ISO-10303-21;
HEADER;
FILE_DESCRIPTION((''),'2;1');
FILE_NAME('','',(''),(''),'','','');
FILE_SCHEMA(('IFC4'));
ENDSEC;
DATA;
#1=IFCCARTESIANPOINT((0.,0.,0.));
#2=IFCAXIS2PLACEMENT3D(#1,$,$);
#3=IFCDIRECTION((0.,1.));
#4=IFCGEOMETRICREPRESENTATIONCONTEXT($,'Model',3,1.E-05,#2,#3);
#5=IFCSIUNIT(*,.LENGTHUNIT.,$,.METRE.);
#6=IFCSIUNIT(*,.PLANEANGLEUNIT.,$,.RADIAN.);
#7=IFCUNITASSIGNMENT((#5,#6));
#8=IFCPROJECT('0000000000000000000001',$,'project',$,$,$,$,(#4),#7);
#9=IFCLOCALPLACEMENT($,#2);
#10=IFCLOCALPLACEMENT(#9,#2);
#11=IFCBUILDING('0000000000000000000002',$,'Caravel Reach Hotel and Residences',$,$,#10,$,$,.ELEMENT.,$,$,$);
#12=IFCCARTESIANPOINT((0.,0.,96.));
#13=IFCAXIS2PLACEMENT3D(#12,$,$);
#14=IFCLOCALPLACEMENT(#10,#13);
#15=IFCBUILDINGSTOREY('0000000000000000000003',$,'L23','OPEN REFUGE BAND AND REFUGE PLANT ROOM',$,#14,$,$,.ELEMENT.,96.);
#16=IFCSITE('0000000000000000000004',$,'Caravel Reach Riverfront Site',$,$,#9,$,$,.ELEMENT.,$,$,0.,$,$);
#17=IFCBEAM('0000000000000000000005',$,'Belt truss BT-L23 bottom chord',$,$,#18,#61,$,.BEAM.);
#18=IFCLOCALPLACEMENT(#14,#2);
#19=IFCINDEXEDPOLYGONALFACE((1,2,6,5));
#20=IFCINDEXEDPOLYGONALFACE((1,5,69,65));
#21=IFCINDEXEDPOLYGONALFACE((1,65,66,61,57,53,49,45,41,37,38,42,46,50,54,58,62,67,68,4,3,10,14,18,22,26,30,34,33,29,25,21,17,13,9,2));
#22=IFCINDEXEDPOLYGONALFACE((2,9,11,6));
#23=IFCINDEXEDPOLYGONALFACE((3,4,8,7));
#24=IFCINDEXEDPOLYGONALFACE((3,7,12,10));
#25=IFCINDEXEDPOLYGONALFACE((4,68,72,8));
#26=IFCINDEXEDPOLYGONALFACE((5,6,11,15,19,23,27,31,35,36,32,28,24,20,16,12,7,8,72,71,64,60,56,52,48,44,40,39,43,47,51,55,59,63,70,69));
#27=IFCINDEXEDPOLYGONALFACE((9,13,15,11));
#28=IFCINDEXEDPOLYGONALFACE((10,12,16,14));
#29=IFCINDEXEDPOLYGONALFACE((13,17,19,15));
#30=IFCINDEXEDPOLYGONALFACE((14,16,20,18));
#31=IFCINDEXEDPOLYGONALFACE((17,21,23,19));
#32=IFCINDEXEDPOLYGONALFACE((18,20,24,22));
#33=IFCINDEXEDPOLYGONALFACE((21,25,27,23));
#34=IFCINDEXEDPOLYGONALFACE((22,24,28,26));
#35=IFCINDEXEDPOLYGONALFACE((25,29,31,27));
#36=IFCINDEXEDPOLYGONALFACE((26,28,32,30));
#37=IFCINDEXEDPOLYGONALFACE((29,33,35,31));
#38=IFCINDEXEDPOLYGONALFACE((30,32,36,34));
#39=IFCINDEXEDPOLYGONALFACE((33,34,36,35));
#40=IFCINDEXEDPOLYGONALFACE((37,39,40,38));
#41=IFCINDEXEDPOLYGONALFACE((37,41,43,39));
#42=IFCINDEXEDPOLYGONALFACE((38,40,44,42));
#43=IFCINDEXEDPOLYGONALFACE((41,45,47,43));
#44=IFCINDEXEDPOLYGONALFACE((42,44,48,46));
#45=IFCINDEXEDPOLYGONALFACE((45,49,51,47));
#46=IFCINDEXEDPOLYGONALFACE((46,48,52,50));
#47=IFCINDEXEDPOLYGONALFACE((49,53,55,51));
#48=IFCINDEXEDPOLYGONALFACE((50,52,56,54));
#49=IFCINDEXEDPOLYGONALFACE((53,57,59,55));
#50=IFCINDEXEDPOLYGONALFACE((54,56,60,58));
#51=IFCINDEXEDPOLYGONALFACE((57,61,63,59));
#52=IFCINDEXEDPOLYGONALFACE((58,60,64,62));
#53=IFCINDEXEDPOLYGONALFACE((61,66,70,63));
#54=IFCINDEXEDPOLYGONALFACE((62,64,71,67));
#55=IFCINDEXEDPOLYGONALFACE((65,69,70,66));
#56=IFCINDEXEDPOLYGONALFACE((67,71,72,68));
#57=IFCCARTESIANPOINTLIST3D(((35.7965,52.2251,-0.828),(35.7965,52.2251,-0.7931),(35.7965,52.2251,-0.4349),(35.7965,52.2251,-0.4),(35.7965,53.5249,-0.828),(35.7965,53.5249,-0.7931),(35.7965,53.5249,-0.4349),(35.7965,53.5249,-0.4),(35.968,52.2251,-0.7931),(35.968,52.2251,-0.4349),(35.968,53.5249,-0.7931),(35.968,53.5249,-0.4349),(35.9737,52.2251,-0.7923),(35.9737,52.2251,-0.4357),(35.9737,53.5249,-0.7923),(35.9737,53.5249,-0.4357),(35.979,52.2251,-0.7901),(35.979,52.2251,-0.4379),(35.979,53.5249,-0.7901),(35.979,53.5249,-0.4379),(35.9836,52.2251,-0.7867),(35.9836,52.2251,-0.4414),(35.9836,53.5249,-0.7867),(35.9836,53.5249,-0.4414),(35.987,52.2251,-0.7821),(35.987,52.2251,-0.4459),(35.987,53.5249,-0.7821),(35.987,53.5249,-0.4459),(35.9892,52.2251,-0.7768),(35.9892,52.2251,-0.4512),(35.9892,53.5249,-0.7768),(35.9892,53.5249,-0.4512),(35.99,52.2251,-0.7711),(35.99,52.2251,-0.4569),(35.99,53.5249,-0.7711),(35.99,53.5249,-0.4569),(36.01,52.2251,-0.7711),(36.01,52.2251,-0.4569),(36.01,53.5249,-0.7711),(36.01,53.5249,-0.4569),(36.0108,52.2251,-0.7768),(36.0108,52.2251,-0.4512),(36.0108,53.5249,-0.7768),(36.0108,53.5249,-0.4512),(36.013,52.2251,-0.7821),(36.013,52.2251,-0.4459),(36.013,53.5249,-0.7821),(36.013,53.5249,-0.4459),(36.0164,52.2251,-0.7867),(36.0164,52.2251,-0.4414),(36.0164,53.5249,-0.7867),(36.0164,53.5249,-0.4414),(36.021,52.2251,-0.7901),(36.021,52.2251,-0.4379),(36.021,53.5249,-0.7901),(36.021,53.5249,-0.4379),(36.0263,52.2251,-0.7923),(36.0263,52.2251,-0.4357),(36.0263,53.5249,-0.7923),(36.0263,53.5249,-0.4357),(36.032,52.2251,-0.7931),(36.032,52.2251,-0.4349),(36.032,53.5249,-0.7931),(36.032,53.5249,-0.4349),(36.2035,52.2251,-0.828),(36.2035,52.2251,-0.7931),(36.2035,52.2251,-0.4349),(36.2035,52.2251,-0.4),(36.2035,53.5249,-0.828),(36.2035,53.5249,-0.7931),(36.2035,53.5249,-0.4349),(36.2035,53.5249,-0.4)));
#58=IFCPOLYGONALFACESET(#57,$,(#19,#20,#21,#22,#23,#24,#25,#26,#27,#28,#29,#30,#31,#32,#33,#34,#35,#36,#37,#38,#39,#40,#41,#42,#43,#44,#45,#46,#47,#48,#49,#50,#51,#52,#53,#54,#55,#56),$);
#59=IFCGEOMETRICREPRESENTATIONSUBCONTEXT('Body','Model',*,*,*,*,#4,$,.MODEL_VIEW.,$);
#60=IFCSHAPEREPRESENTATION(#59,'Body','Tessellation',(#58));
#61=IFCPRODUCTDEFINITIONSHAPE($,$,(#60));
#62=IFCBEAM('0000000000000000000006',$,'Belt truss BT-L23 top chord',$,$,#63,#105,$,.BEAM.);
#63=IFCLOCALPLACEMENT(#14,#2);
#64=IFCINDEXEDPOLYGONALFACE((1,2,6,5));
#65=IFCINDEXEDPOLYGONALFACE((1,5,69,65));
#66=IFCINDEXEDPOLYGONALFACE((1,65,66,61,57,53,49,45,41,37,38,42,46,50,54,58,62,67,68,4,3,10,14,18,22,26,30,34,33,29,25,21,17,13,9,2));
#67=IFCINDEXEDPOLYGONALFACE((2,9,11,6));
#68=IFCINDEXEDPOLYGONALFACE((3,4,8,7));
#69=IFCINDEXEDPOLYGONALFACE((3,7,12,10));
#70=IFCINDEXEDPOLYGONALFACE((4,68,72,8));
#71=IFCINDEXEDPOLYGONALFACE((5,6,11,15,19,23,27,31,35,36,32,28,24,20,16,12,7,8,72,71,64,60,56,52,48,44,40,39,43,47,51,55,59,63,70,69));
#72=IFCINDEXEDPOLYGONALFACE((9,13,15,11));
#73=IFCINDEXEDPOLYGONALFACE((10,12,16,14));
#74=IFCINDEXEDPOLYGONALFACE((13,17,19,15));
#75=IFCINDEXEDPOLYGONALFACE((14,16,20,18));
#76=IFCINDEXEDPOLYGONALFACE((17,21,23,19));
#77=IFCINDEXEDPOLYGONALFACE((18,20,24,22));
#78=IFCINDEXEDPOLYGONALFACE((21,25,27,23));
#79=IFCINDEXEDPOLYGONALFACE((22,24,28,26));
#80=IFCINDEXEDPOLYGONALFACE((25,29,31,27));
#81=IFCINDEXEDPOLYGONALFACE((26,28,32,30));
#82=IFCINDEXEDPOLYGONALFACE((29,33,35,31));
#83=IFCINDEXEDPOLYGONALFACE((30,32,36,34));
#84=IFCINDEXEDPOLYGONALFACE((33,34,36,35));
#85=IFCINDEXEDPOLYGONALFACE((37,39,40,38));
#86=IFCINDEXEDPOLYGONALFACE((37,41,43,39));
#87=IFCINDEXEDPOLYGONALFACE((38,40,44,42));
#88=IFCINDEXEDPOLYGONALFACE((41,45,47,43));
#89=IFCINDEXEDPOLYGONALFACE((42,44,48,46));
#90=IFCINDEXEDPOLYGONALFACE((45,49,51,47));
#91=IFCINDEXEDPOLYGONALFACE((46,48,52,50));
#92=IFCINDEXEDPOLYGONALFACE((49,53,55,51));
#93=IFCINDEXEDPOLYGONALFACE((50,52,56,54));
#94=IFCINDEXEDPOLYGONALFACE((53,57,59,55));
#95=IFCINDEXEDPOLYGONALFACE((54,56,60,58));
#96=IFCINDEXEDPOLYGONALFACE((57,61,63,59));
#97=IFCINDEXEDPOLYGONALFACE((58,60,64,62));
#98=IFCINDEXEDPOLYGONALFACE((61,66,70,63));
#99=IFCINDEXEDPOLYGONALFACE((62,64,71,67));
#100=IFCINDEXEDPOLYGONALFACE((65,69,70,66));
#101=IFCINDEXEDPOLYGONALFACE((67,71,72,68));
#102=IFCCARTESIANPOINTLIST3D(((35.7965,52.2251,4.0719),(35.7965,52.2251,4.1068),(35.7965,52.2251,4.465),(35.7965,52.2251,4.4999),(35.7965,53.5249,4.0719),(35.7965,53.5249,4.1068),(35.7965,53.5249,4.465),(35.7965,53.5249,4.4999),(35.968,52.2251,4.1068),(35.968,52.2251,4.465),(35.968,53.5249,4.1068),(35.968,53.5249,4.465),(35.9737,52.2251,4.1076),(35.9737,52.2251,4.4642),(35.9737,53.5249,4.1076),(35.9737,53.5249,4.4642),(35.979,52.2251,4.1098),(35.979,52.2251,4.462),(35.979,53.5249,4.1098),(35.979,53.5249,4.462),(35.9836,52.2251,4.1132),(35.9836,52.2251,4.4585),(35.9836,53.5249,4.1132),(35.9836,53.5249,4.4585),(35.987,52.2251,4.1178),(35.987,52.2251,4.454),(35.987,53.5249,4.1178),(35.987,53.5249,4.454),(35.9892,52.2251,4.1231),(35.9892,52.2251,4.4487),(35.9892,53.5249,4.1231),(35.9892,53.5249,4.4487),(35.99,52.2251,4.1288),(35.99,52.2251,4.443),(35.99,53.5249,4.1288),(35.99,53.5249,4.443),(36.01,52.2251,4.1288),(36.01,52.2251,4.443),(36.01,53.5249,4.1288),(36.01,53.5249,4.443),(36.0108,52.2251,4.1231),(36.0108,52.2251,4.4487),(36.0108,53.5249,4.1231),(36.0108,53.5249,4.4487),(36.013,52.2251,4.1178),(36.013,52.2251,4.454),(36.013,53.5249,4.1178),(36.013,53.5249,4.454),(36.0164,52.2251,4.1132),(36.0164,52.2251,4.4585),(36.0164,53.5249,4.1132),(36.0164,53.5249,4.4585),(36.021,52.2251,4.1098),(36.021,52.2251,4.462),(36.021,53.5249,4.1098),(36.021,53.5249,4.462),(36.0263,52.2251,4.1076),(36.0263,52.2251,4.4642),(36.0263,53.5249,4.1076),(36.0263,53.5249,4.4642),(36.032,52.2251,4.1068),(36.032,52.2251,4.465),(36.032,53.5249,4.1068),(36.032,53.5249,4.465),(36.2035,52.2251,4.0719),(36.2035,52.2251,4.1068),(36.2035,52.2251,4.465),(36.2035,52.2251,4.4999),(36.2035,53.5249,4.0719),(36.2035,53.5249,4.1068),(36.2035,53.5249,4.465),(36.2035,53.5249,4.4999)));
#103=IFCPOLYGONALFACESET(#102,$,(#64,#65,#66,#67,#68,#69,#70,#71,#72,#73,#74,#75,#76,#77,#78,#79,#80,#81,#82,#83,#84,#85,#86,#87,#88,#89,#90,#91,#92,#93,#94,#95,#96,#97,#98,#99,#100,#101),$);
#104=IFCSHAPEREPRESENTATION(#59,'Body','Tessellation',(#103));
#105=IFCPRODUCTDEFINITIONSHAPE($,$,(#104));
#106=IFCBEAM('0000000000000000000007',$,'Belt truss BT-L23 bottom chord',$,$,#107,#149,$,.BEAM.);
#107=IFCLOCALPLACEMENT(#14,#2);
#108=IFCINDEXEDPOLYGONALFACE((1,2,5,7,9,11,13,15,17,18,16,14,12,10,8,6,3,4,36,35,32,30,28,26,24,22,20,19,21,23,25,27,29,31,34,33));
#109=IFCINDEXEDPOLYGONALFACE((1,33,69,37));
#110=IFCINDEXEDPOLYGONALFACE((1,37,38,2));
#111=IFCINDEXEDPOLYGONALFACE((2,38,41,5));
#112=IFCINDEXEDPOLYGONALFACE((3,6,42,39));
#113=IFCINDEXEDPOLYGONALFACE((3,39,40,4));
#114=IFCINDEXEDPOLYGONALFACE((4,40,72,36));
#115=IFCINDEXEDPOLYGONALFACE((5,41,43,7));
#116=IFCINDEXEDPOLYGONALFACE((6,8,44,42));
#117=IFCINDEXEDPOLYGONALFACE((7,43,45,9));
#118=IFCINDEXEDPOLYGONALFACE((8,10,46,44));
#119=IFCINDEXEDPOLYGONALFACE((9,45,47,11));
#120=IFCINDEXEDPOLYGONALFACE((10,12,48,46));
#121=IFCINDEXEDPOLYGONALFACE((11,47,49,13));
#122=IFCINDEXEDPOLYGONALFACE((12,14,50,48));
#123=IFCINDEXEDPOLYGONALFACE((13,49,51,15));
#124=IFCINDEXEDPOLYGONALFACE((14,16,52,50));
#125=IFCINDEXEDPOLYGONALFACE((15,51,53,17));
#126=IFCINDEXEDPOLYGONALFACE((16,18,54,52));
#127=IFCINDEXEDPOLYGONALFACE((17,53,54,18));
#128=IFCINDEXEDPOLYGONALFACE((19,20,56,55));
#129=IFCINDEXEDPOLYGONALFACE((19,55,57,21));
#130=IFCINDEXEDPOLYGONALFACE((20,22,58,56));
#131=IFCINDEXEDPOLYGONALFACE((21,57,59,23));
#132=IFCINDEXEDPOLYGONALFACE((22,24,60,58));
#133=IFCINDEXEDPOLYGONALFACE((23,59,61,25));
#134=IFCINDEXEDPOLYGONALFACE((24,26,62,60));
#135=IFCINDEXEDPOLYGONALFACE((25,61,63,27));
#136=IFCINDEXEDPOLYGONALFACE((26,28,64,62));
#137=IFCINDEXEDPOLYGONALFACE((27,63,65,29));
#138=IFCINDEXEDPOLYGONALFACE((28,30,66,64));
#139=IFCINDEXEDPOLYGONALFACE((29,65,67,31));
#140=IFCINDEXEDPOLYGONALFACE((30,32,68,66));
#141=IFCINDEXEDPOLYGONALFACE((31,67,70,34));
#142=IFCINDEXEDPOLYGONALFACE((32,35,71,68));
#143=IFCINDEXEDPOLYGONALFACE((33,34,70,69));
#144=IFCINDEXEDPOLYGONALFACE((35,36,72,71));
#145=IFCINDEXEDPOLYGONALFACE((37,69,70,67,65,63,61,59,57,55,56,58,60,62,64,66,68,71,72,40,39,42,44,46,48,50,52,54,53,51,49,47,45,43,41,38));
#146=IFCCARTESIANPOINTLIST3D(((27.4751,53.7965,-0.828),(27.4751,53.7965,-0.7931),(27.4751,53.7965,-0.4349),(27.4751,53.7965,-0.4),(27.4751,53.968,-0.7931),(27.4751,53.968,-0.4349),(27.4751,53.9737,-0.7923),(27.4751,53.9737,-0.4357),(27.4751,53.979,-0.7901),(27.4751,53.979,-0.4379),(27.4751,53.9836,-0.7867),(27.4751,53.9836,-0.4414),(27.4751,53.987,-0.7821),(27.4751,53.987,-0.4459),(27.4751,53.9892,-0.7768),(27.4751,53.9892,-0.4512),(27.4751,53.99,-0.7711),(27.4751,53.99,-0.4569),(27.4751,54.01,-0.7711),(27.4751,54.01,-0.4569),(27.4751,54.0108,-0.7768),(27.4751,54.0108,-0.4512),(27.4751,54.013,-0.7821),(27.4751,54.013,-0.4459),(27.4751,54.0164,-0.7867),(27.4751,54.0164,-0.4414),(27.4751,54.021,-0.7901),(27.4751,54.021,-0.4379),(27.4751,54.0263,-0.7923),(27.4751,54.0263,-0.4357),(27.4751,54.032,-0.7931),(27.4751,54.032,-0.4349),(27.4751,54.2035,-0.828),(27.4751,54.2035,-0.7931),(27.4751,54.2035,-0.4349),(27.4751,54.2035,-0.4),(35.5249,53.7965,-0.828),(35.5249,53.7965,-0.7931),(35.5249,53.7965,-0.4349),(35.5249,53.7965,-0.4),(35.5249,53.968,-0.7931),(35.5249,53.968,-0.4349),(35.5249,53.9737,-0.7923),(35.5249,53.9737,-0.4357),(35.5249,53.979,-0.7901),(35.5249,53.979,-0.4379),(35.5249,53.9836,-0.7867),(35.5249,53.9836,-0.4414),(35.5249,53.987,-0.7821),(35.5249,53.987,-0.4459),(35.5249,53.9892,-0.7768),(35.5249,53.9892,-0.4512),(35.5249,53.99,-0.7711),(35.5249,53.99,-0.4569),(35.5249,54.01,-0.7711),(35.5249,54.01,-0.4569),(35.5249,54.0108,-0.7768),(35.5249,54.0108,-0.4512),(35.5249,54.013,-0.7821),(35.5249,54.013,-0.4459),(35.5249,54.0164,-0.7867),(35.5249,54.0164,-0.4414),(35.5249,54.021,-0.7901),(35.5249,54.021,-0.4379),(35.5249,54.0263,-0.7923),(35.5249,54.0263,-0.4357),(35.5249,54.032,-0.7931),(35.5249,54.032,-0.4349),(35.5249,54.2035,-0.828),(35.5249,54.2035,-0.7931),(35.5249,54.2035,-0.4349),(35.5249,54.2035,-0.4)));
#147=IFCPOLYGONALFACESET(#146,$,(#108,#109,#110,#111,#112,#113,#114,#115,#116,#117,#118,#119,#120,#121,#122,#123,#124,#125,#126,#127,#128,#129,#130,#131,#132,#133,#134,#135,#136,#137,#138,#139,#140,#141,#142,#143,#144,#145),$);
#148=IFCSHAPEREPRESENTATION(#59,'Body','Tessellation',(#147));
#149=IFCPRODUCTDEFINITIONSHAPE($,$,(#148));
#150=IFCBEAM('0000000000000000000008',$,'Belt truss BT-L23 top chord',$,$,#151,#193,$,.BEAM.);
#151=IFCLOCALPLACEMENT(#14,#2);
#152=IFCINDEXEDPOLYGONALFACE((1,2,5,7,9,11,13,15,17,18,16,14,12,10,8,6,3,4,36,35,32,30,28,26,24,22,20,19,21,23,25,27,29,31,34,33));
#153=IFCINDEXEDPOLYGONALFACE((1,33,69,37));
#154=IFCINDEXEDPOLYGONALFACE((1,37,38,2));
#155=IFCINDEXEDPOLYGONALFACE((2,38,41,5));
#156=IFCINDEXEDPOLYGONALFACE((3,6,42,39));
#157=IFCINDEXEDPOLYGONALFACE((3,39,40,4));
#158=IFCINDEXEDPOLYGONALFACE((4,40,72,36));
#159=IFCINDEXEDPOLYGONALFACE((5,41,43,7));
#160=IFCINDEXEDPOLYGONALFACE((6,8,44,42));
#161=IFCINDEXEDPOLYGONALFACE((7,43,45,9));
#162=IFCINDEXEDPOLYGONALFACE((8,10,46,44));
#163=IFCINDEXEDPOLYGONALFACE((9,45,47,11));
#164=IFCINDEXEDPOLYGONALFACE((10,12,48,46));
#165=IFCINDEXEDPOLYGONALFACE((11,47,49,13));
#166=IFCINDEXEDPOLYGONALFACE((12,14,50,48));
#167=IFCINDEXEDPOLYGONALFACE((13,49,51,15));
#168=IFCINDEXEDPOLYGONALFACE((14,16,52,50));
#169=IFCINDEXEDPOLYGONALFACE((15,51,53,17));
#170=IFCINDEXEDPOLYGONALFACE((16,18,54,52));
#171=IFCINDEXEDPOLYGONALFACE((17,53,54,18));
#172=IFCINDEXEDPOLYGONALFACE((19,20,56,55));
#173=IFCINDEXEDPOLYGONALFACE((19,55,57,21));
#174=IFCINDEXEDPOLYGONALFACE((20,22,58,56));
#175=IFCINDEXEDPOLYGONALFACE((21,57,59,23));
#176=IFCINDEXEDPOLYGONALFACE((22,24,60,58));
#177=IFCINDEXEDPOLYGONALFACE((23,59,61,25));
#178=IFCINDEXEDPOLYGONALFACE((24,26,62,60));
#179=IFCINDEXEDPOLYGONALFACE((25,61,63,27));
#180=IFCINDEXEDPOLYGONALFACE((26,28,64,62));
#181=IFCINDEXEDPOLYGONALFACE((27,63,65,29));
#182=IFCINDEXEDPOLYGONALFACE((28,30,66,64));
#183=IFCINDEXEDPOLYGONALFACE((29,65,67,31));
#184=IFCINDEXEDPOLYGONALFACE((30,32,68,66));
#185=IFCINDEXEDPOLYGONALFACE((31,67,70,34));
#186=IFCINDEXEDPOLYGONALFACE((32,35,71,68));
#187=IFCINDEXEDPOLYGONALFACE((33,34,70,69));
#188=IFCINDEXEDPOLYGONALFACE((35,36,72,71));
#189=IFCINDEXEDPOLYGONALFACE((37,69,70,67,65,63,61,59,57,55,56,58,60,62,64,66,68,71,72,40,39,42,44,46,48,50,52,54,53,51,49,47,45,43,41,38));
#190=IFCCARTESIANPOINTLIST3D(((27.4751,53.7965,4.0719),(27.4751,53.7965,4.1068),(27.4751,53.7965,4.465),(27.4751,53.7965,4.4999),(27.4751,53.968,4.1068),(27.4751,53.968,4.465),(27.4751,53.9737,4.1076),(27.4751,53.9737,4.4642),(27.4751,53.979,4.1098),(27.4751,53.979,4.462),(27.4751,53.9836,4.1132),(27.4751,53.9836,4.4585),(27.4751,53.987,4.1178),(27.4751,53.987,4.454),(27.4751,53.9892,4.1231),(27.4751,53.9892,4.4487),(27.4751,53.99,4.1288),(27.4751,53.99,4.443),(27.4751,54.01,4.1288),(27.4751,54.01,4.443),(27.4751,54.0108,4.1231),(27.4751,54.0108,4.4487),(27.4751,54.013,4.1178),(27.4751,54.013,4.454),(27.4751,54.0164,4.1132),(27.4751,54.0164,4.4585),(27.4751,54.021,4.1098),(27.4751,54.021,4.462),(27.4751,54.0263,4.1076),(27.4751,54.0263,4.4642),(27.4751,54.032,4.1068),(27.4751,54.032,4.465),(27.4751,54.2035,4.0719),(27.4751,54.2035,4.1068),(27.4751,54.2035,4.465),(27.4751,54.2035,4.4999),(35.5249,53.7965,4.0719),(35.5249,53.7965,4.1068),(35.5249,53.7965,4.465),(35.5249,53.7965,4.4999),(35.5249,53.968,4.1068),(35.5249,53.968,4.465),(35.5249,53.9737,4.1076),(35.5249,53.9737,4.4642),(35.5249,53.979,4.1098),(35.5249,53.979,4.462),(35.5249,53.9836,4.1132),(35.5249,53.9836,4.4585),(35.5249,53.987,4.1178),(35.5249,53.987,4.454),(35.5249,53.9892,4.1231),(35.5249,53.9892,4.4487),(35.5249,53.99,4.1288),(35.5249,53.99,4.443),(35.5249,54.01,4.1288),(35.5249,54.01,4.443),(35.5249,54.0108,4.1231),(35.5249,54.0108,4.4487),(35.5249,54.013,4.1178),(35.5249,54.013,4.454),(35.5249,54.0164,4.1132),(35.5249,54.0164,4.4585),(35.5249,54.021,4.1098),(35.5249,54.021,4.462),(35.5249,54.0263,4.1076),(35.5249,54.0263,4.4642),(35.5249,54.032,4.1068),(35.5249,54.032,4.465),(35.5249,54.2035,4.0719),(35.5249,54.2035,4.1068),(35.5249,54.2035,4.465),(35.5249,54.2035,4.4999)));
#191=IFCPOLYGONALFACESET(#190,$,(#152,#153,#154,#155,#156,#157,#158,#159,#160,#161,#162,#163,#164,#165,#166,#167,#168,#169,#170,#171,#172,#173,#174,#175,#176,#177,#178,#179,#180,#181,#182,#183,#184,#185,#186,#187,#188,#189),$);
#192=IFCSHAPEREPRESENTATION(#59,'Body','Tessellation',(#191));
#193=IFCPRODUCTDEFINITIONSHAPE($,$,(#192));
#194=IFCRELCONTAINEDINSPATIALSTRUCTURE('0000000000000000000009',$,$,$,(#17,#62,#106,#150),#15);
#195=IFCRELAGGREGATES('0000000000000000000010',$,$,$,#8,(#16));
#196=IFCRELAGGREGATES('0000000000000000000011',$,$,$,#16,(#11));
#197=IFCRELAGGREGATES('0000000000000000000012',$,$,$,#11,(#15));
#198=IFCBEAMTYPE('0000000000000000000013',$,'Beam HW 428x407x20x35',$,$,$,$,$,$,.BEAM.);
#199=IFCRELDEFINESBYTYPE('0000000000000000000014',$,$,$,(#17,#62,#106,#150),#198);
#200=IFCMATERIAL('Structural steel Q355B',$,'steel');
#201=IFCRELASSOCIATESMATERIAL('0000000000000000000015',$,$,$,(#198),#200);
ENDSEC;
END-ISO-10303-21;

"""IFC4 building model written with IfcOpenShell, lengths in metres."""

from ifc_helpers import new_model, si_unit, direction, frame, origin, origin_2d, place, context, subcontext, project, spatial, i_section, extrude, material, material_profile, profile_set, type_object, element, save


model = new_model("IFC4")

# Units and contexts
model_context = context("Model", 3, precision=1e-05, world=origin(), true_north=direction((0.0, 1.0)))
body_context = subcontext(model_context, "Body", "Model", "MODEL_VIEW")
ifc_project = project(units=[si_unit("LENGTHUNIT", "METRE"), si_unit("PLANEANGLEUNIT", "RADIAN")], contexts=[model_context])

# Site, building, storey
site_placement = place(None, origin())
site = spatial("IfcSite", under=ifc_project, at=site_placement, Name="Caravel Reach Riverfront Site", CompositionType="ELEMENT", RefElevation=0.0)
building_placement = place(site_placement, origin())
building = spatial("IfcBuilding", under=site, at=building_placement, Name="Caravel Reach Hotel and Residences", CompositionType="ELEMENT")
storey_placement = place(building_placement, frame((0.0, 0.0, 96.0)))
storey = spatial("IfcBuildingStorey", under=building, at=storey_placement, Name="L23", Description="OPEN REFUGE BAND AND REFUGE PLANT ROOM", CompositionType="ELEMENT", Elevation=96.0)

# Beams
ifc_material_1 = material(Name="Structural steel Q355B", Category="steel")
ifc_material_profile_1 = material_profile(ifc_material_1, i_section(OverallWidth=0.407, OverallDepth=0.428, WebThickness=0.02, FlangeThickness=0.0349, FilletRadius=0.022, at=origin_2d()), Name="HW 428x407x20x35")
ifc_profile_set_1 = profile_set([ifc_material_profile_1], Name="Structural steel Q355B")
beam_type = type_object("IfcBeamType", Name="Beam HW 428x407x20x35", PredefinedType="BEAM", material=ifc_profile_set_1)
for number, where, z_axis, x_axis, name in (
    (1, (36.0, 52.2251, -0.614), (0.0, 1.0, 0.0), (-1.0, 0.0, 0.0), "Belt truss BT-L23 bottom chord"),
    (2, (36.0, 52.2251, 4.2859), (0.0, 1.0, 0.0), (-1.0, 0.0, 0.0), "Belt truss BT-L23 top chord"),
):
    element("IfcBeam", number, at=place(storey_placement, frame(where, z_axis=z_axis, x_axis=x_axis)), inside=storey, type_object=beam_type, Name=name, PredefinedType="BEAM", context=body_context, shape_type="SweptSolid", body=[
        extrude(i_section(OverallWidth=0.407, OverallDepth=0.428, WebThickness=0.02, FlangeThickness=0.0349, FilletRadius=0.022, at=origin_2d()), origin(), (0.0, 0.0, 1.0), 1.2998),
    ])
for number, where, z_axis, x_axis, name in (
    (3, (35.5249, 54.0, -0.614), (-1.0, 0.0, 0.0), (0.0, -1.0, 0.0), "Belt truss BT-L23 bottom chord"),
    (4, (35.5249, 54.0, 4.2859), (-1.0, 0.0, 0.0), (0.0, -1.0, 0.0), "Belt truss BT-L23 top chord"),
):
    element("IfcBeam", number, at=place(storey_placement, frame(where, z_axis=z_axis, x_axis=x_axis)), inside=storey, type_object=beam_type, Name=name, PredefinedType="BEAM", context=body_context, shape_type="SweptSolid", body=[
        extrude(i_section(OverallWidth=0.407, OverallDepth=0.428, WebThickness=0.02, FlangeThickness=0.0349, FilletRadius=0.022, at=origin_2d()), origin(), (0.0, 0.0, 1.0), 8.0498),
    ])

save(model, "model.ifc")
